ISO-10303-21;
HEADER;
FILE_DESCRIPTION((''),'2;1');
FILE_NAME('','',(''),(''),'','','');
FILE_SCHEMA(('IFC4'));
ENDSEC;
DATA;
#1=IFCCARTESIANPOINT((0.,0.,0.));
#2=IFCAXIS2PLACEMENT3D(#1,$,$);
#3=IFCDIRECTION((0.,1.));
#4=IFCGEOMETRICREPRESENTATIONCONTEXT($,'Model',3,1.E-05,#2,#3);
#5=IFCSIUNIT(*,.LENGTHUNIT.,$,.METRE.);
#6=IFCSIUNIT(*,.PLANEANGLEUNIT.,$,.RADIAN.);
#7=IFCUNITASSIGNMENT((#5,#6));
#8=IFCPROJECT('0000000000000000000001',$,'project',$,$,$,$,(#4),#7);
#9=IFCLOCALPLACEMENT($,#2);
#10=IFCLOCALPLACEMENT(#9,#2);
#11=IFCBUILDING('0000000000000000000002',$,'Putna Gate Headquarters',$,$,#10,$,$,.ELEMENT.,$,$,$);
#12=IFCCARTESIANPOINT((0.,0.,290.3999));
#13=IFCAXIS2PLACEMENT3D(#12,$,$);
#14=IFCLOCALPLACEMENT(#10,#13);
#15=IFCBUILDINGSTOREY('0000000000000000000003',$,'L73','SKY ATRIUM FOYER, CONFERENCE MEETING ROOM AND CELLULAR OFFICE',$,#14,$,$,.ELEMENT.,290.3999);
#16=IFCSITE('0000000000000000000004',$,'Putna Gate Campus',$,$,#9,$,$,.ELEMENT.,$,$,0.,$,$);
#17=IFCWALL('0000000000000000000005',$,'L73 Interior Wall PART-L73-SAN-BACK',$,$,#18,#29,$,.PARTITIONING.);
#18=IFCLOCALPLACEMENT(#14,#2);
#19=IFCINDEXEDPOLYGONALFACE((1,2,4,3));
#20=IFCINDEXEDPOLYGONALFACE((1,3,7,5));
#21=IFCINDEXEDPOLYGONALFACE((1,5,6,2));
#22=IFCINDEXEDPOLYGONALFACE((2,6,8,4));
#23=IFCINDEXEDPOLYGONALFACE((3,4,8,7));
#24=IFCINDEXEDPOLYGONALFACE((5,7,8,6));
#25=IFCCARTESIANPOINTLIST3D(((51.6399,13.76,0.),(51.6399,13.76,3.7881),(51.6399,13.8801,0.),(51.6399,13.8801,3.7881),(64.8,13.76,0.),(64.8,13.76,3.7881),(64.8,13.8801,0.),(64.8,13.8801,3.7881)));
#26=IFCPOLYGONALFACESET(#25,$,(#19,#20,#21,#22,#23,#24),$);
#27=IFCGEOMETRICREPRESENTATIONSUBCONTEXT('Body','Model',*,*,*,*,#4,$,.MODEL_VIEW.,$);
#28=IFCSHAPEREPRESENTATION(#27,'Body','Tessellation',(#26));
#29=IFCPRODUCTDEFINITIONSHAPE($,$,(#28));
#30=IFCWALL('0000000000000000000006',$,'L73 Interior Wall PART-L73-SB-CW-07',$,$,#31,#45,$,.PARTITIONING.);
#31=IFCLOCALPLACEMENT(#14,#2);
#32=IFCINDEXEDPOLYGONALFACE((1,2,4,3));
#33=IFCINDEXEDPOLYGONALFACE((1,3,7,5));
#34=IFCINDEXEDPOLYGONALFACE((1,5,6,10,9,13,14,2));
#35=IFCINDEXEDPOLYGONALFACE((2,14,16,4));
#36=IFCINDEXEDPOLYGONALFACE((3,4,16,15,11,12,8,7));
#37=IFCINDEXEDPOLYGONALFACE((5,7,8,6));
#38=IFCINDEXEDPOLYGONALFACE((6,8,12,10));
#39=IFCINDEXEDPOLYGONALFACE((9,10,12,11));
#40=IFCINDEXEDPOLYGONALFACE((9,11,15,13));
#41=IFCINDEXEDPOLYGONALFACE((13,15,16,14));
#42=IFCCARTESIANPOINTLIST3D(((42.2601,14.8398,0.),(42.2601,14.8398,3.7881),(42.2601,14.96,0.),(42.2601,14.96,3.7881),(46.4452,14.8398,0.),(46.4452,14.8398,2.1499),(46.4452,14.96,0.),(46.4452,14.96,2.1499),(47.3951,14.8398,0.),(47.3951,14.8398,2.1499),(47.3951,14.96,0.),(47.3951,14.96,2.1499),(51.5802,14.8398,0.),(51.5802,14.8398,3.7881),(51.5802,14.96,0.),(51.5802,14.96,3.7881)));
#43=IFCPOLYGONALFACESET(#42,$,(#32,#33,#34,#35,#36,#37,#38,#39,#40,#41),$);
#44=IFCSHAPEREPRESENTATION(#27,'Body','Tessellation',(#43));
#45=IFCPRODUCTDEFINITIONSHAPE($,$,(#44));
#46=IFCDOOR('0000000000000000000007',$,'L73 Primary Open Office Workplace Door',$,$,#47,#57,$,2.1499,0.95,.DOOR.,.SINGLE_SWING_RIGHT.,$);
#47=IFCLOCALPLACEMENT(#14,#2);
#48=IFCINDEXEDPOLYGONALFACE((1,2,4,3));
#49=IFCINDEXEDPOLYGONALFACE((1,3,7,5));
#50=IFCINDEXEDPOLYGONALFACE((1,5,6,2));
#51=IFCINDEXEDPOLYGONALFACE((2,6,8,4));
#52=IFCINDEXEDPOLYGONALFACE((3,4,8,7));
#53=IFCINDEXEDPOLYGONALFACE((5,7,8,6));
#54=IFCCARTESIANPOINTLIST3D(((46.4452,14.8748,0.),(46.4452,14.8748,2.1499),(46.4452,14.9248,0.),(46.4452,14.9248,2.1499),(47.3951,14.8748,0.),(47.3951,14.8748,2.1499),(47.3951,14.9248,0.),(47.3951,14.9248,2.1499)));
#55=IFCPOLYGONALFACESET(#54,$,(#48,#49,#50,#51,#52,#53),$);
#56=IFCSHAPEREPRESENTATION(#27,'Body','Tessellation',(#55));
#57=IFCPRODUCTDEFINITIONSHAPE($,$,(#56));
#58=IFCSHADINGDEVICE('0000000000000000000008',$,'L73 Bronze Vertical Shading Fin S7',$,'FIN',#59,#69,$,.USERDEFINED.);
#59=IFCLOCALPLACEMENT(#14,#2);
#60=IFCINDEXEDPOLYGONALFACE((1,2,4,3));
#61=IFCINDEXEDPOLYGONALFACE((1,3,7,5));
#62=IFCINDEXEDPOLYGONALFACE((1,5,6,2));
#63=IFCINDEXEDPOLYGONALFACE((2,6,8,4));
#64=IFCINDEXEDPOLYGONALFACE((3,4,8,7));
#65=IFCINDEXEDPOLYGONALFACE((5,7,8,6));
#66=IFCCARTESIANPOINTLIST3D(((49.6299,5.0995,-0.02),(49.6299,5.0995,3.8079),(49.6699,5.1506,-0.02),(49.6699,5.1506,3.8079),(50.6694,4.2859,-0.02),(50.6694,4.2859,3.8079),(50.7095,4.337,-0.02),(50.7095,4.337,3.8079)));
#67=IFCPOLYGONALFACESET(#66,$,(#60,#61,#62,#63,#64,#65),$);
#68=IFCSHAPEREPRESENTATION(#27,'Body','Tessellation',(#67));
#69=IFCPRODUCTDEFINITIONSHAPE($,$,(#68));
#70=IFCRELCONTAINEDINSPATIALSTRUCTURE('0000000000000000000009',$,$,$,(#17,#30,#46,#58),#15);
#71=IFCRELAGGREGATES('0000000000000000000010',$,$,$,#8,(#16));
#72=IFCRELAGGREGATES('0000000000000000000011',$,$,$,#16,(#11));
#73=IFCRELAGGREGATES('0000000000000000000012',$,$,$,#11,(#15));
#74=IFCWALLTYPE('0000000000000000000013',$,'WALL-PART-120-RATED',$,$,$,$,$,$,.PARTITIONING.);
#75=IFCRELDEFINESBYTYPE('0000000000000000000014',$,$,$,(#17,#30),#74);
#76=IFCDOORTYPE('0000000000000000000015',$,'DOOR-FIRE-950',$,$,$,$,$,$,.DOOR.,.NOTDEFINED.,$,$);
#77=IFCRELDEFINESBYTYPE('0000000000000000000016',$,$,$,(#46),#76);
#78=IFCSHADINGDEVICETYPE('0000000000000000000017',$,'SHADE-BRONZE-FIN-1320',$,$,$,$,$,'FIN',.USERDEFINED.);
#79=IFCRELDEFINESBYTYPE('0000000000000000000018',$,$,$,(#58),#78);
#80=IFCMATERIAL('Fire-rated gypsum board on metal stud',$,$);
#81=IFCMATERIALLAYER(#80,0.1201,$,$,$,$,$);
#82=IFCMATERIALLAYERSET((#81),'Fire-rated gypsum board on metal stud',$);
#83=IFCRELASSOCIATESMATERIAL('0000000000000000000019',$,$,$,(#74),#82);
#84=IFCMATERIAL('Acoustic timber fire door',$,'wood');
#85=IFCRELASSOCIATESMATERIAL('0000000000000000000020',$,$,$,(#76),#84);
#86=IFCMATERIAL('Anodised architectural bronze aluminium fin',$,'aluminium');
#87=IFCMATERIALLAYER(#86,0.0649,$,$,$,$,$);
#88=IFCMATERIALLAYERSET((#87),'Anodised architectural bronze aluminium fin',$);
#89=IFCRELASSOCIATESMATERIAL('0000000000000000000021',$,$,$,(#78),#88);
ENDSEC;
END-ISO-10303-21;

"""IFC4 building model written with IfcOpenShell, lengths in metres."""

from ifc_helpers import new_model, si_unit, direction, frame, frame_2d, origin, origin_2d, place, context, subcontext, project, spatial, rectangle, extrude, material, layer, layer_set, type_object, element, fill, save


model = new_model("IFC4")

# Units and contexts
model_context = context("Model", 3, precision=1e-05, world=origin(), true_north=direction((0.0, 1.0)))
body_context = subcontext(model_context, "Body", "Model", "MODEL_VIEW")
ifc_project = project(units=[si_unit("LENGTHUNIT", "METRE"), si_unit("PLANEANGLEUNIT", "RADIAN")], contexts=[model_context])

# Site, building, storey
site_placement = place(None, origin())
site = spatial("IfcSite", under=ifc_project, at=site_placement, Name="Putna Gate Campus", CompositionType="ELEMENT", RefElevation=0.0)
building_placement = place(site_placement, origin())
building = spatial("IfcBuilding", under=site, at=building_placement, Name="Putna Gate Headquarters", CompositionType="ELEMENT")
storey_placement = place(building_placement, frame((0.0, 0.0, 290.3999)))
storey = spatial("IfcBuildingStorey", under=building, at=storey_placement, Name="L73", Description="SKY ATRIUM FOYER, CONFERENCE MEETING ROOM AND CELLULAR OFFICE", CompositionType="ELEMENT", Elevation=290.3999)

# Wall
ifc_material_1 = material(Name="Fire-rated gypsum board on metal stud")
ifc_layer_1 = layer(ifc_material_1, 0.1201)
ifc_layer_set_1 = layer_set([ifc_layer_1], Name="Fire-rated gypsum board on metal stud")
wall_type_1 = type_object("IfcWallType", Name="WALL-PART-120-RATED", PredefinedType="PARTITIONING", material=ifc_layer_set_1)
wall_1_placement = place(storey_placement, frame((51.6399, 13.8201, 0.0), z_axis=(0.0, 0.0, 1.0), x_axis=(1.0, 0.0, 0.0)))
element("IfcWall", 1, at=wall_1_placement, inside=storey, type_object=wall_type_1, Name="L73 Interior Wall PART-L73-SAN-BACK", PredefinedType="PARTITIONING", context=body_context, shape_type="SweptSolid", body=[
    extrude(rectangle(XDim=13.1602, YDim=0.1201, at=frame_2d((6.5801, 0.0))), origin(), (0.0, 0.0, 1.0), 3.7881),
])

# Wall, opening, door
wall_2_placement = place(storey_placement, frame((42.26, 14.8999, 0.0), z_axis=(0.0, 0.0, 1.0), x_axis=(1.0, 0.0, 0.0)))
wall_2 = element("IfcWall", 2, at=wall_2_placement, inside=storey, type_object=wall_type_1, Name="L73 Interior Wall PART-L73-SB-CW-07", PredefinedType="PARTITIONING", context=body_context, shape_type="SweptSolid", body=[
    extrude(rectangle(XDim=9.3201, YDim=0.1201, at=frame_2d((4.6602, 0.0))), origin(), (0.0, 0.0, 1.0), 3.7881),
])
opening_placement = place(wall_2_placement, frame((4.1851, 0.0, 0.0)))
opening = element("IfcOpeningElement", 3, at=opening_placement, cuts=wall_2, PredefinedType="OPENING", context=body_context, shape_type="SweptSolid", body=[
    extrude(rectangle(XDim=0.95, YDim=2.1499, at=frame_2d((0.4751, 1.075))), frame((0.0, 0.0701, 0.0), z_axis=(0.0, -1.0, 0.0), x_axis=(1.0, 0.0, 0.0)), (0.0, 0.0, 1.0), 0.1401),
])
ifc_material_2 = material(Name="Acoustic timber fire door", Category="wood")
door_type = type_object("IfcDoorType", Name="DOOR-FIRE-950", OperationType="NOTDEFINED", PredefinedType="DOOR", material=ifc_material_2)
door_placement = place(opening_placement, origin())
door = element("IfcDoor", 4, at=door_placement, inside=storey, type_object=door_type, Name="L73 Primary Open Office Workplace Door", OperationType="SINGLE_SWING_RIGHT", OverallHeight=2.1499, OverallWidth=0.95, PredefinedType="DOOR", context=body_context, shape_type="SweptSolid", body=[
    extrude(rectangle(XDim=0.95, YDim=2.1499, at=frame_2d((0.4751, 1.075))), frame((0.0, 0.0249, 0.0), z_axis=(0.0, -1.0, 0.0), x_axis=(1.0, 0.0, 0.0)), (0.0, 0.0, 1.0), 0.05),
])
fill(opening, door)

# Shading device
ifc_material_3 = material(Name="Anodised architectural bronze aluminium fin", Category="aluminium")
ifc_layer_2 = layer(ifc_material_3, 0.0649)
ifc_layer_set_2 = layer_set([ifc_layer_2], Name="Anodised architectural bronze aluminium fin")
shading_device_type = type_object("IfcShadingDeviceType", Name="SHADE-BRONZE-FIN-1320", ElementType="FIN", PredefinedType="USERDEFINED", material=ifc_layer_set_2)
shading_device_placement = place(storey_placement, frame((50.1697, 4.7183, -0.02), z_axis=(0.0, 0.0, 1.0), x_axis=(0.787473, -0.616349, 0.0)))
element("IfcShadingDevice", 5, at=shading_device_placement, inside=storey, type_object=shading_device_type, Name="L73 Bronze Vertical Shading Fin S7", ObjectType="FIN", PredefinedType="USERDEFINED", context=body_context, shape_type="SweptSolid", body=[
    extrude(rectangle(XDim=1.3201, YDim=0.0649, at=origin_2d()), origin(), (0.0, 0.0, 1.0), 3.8279),
])

save(model, "model.ifc")
